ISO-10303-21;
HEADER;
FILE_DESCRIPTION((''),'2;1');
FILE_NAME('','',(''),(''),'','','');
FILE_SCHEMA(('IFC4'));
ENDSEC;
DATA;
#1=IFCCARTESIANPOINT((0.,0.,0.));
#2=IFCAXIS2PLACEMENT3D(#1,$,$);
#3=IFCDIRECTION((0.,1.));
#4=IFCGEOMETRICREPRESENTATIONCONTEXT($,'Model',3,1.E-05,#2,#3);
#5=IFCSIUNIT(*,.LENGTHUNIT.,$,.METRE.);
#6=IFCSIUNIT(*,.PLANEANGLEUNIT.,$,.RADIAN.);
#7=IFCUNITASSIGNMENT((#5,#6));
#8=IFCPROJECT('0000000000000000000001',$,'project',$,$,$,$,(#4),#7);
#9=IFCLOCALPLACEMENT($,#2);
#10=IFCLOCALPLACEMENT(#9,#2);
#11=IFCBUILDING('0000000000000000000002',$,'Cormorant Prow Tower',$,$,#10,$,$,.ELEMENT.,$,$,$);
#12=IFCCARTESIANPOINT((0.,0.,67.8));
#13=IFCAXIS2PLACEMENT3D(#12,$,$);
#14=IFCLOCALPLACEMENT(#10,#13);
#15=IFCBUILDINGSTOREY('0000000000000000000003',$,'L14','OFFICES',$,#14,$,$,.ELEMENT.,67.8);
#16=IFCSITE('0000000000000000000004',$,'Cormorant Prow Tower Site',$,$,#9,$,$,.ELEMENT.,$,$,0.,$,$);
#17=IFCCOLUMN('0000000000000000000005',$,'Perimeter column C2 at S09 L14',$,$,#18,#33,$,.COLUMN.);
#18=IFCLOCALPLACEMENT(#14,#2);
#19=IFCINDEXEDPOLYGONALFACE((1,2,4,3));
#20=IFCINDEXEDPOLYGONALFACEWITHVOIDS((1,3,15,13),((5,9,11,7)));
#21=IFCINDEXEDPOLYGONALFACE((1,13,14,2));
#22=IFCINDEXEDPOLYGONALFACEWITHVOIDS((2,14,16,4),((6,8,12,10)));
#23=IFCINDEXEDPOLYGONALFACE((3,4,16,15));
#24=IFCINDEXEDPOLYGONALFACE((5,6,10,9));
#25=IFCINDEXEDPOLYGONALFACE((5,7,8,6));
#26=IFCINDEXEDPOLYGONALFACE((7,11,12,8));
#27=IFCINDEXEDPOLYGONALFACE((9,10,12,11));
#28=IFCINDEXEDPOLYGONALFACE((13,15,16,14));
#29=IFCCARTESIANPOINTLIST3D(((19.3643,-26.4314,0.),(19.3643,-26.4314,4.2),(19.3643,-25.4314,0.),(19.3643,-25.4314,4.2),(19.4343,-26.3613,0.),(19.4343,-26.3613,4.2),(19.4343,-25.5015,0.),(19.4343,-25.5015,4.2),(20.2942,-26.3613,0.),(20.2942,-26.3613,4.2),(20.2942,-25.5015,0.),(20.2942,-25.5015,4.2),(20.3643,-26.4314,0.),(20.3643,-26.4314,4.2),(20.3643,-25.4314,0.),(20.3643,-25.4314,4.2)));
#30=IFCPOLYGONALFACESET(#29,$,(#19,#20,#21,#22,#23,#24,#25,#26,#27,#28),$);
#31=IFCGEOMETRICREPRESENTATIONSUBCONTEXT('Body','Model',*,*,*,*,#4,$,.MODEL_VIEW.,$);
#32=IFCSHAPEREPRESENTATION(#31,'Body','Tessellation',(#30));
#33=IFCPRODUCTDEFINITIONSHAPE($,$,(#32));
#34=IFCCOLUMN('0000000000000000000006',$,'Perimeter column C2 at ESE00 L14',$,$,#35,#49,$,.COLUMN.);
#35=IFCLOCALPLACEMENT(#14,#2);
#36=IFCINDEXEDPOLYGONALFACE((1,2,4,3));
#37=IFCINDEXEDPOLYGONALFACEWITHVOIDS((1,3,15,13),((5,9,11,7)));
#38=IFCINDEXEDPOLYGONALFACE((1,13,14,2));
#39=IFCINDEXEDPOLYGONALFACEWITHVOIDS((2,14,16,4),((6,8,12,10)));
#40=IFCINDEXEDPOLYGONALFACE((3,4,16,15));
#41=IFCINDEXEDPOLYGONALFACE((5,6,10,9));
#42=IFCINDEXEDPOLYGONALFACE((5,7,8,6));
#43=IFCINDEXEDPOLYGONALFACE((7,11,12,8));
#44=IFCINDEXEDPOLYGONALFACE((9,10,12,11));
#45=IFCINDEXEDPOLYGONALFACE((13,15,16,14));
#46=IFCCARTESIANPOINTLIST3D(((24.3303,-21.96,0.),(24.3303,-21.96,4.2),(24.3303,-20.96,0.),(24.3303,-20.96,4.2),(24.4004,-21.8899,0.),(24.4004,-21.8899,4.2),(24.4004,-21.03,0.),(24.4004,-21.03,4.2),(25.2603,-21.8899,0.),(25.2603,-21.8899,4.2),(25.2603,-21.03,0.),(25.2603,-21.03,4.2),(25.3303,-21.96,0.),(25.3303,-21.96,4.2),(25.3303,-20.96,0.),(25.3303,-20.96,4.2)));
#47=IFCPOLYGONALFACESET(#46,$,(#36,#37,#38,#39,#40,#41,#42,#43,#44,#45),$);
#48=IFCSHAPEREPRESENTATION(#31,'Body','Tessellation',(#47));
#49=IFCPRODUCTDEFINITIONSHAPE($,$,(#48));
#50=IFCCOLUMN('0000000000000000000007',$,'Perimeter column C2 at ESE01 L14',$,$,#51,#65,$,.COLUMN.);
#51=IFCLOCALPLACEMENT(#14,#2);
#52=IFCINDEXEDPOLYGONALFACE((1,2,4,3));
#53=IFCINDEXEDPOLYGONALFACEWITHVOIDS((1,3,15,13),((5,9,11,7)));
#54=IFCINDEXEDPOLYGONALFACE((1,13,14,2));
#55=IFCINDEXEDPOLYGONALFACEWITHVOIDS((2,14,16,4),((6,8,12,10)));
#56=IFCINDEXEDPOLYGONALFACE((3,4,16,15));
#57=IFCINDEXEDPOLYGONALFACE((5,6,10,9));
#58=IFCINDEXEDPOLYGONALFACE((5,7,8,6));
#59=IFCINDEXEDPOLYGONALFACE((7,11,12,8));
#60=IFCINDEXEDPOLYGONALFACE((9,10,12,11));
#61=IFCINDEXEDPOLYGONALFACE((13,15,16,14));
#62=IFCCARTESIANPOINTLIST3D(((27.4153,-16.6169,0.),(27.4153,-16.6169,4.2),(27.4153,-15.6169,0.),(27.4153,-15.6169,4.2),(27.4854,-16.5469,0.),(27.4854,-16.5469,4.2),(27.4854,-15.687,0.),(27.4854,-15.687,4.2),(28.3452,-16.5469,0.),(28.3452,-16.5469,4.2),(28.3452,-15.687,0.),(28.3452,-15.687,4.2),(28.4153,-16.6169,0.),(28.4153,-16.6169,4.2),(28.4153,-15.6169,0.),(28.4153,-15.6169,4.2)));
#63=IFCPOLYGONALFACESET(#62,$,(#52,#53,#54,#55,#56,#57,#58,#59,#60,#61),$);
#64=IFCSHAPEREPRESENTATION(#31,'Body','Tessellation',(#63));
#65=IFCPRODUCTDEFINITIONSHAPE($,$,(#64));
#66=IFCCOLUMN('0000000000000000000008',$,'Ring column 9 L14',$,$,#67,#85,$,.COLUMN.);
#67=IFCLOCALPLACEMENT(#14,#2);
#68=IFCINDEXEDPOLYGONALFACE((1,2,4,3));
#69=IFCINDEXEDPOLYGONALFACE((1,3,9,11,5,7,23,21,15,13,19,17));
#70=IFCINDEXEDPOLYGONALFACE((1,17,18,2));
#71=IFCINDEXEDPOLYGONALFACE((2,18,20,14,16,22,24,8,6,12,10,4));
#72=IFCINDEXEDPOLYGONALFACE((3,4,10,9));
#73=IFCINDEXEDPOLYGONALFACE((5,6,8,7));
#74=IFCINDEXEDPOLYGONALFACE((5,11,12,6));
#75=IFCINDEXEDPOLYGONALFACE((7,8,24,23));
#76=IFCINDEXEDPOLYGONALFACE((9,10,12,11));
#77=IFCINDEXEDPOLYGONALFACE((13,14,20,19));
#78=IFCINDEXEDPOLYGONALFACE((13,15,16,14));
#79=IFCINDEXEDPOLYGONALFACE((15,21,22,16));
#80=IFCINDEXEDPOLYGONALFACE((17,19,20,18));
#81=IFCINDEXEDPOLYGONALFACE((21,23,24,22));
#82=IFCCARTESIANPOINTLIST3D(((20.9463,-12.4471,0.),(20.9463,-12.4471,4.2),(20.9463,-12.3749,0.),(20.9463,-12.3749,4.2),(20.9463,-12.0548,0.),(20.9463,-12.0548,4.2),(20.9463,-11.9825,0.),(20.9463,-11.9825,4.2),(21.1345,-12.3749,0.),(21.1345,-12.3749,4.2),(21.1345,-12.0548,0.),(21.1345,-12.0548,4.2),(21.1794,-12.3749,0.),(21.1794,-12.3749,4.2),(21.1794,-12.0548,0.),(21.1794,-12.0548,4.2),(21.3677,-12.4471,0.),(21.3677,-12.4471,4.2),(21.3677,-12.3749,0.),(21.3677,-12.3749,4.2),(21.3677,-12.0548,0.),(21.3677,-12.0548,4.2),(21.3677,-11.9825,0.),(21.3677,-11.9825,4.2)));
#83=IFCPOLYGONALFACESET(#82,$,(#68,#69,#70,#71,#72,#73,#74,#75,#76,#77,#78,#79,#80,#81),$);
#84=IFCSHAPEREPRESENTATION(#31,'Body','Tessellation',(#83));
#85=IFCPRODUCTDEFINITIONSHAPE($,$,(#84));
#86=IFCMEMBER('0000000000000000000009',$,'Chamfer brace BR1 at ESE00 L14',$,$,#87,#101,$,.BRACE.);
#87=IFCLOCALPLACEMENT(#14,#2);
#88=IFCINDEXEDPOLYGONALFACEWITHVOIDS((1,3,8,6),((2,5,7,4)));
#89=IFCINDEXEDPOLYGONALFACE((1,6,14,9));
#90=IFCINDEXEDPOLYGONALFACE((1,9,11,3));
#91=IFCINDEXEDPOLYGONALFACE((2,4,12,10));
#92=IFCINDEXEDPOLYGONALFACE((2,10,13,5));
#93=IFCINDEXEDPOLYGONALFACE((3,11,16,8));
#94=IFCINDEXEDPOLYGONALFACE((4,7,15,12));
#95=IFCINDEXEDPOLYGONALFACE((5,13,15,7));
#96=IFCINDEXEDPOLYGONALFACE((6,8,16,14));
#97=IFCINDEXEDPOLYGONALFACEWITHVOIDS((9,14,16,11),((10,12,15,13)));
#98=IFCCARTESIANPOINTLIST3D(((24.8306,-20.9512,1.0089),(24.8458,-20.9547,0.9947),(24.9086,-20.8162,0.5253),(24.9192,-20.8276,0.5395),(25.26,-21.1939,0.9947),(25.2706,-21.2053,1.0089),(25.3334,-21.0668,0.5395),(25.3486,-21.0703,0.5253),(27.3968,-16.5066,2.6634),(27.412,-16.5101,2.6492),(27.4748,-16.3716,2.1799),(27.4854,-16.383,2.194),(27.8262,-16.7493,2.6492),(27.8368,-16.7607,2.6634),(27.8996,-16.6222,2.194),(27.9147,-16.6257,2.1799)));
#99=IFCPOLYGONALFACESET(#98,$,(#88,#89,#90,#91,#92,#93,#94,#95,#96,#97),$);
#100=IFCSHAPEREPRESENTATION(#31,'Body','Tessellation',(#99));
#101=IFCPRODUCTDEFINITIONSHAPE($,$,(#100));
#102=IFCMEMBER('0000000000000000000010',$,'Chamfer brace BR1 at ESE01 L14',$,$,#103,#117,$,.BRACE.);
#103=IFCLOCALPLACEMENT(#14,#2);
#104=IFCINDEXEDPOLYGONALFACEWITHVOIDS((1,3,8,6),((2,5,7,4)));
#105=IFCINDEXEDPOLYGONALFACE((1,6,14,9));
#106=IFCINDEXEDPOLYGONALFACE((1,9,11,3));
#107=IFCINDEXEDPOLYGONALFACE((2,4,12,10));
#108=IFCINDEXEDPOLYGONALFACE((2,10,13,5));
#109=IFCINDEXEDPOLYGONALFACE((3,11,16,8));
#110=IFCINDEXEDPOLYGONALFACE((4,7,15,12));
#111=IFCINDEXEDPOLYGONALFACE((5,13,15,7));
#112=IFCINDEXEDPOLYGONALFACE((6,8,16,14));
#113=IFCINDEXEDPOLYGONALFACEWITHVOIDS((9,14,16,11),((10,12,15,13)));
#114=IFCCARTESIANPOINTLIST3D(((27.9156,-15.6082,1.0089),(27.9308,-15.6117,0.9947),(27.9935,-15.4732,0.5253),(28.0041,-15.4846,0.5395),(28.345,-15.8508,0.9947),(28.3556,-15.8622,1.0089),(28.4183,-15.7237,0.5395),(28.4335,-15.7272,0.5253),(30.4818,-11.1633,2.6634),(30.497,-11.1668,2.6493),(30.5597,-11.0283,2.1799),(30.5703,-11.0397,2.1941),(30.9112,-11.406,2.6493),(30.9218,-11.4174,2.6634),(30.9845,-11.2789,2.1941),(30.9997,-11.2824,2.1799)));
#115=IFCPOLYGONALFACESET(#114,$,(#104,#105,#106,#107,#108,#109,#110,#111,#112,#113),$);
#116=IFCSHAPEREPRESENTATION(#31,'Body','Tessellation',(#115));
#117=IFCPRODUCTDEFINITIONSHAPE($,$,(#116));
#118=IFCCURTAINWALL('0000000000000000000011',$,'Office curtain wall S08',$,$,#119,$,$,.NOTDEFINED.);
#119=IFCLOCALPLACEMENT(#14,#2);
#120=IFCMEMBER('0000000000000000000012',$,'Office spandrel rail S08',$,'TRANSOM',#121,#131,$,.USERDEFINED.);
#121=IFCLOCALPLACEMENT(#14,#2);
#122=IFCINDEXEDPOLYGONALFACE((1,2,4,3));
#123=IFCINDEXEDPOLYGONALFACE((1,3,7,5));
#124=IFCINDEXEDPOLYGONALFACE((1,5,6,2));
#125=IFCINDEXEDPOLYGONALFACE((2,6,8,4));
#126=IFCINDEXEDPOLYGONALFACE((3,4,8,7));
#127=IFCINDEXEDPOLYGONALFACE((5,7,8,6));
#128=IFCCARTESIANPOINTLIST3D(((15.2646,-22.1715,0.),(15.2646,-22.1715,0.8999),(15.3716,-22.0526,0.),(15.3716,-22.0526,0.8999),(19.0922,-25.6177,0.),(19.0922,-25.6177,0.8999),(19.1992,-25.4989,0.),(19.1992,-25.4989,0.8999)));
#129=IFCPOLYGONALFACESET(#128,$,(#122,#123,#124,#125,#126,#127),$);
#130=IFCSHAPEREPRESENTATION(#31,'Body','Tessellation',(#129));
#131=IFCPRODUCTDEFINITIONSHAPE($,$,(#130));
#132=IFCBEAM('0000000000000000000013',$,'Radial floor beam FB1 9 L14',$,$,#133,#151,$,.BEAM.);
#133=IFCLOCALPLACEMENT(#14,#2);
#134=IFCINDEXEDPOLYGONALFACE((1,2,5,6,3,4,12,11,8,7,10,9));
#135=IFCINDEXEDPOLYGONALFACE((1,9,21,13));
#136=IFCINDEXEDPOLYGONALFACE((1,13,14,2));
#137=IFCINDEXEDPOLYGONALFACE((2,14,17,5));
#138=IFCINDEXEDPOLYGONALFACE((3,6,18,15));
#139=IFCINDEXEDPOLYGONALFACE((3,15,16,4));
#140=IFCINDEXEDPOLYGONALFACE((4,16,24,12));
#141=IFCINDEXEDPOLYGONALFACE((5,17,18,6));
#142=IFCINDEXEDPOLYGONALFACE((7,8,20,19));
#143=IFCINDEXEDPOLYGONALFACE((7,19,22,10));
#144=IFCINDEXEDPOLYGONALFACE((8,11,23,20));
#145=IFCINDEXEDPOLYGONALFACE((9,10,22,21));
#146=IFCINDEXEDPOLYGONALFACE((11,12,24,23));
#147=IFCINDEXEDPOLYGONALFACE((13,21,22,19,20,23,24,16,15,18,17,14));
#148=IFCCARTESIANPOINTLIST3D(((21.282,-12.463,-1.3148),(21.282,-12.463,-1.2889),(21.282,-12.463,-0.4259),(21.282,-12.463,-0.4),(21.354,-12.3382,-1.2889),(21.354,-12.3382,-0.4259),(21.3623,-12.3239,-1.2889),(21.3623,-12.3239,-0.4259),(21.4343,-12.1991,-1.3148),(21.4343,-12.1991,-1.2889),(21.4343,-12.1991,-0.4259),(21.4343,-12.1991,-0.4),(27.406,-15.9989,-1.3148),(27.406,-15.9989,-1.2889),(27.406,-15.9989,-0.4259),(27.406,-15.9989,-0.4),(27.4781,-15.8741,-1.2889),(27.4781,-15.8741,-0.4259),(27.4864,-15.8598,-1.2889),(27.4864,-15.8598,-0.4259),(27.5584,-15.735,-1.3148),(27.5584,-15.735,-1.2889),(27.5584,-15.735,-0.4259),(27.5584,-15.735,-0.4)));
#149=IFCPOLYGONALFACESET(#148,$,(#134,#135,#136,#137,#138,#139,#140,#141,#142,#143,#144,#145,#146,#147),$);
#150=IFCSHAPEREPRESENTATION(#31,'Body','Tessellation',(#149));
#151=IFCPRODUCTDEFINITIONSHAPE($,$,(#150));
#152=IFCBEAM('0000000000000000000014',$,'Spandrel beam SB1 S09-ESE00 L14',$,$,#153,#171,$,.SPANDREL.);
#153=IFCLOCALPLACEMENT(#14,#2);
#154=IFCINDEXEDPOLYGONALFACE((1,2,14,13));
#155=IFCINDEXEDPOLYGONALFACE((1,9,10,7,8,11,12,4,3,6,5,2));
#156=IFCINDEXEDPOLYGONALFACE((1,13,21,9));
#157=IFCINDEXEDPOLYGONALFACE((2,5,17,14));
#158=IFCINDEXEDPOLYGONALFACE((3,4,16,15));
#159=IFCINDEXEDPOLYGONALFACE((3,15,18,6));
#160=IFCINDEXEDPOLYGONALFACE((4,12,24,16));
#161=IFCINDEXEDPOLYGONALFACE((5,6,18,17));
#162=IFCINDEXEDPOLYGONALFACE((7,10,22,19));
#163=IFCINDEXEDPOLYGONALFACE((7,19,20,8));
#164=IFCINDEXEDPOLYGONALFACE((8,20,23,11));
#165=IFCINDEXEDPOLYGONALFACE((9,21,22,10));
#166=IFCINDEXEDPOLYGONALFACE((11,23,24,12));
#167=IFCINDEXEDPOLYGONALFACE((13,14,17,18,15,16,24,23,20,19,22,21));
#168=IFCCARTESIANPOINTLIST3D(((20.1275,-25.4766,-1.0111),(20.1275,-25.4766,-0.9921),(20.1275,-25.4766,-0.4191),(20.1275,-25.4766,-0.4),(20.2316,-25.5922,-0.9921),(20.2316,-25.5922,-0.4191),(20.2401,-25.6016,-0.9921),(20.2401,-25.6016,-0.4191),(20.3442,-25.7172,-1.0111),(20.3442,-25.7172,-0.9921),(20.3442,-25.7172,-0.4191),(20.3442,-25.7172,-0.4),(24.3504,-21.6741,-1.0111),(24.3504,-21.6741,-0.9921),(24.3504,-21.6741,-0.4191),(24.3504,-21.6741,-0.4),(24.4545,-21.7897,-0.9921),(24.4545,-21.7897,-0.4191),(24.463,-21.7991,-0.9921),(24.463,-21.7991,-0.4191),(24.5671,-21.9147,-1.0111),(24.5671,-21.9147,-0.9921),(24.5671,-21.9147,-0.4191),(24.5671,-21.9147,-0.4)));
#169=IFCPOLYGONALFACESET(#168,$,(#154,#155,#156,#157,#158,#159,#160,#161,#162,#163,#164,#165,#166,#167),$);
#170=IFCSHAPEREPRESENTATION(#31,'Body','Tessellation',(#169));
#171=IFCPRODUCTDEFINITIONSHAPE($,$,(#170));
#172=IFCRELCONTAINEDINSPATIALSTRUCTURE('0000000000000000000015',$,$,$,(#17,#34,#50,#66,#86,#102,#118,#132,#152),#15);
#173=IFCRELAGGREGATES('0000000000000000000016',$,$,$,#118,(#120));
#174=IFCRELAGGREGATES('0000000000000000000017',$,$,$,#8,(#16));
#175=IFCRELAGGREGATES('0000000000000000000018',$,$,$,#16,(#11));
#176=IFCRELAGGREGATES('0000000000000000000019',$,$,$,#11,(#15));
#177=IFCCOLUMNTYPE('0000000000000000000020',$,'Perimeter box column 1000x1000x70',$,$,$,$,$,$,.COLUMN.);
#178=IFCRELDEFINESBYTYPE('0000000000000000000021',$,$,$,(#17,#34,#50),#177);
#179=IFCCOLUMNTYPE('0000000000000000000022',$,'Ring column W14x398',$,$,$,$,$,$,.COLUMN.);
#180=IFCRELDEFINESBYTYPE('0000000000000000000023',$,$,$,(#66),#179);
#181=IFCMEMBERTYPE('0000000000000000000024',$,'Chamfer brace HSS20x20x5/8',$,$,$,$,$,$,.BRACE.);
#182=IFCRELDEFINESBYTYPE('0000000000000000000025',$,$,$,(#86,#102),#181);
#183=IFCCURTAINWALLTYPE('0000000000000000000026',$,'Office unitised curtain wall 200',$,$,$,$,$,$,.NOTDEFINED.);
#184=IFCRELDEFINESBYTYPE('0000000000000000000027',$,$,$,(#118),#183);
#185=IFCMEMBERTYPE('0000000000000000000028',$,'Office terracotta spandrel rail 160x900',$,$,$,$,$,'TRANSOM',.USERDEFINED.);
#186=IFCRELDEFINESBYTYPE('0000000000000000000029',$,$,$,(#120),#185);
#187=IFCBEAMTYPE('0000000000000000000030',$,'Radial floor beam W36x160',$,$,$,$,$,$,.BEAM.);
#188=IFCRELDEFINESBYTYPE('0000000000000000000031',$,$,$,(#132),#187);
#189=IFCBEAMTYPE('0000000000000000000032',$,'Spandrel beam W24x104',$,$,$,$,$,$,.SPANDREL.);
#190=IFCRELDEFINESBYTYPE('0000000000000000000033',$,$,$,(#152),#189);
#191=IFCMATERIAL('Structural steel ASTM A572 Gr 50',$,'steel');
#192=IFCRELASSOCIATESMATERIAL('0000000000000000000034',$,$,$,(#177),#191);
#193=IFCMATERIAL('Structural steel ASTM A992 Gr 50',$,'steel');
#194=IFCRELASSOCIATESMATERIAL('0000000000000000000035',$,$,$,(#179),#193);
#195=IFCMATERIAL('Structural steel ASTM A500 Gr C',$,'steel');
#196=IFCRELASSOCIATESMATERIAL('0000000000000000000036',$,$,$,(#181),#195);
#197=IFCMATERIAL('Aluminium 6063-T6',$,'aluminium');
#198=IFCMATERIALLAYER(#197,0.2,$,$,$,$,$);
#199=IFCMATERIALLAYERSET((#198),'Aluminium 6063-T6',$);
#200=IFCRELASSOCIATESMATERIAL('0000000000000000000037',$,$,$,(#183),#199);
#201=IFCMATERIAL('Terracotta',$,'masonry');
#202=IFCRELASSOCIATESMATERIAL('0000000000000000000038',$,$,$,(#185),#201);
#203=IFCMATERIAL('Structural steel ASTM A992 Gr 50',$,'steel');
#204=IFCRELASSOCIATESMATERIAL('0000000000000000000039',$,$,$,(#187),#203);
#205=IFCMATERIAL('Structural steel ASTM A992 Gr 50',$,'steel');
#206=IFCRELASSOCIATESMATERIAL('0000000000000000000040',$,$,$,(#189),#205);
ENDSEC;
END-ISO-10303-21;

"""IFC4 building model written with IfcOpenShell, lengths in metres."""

from ifc_helpers import new_model, si_unit, direction, frame, origin, origin_2d, place, context, subcontext, project, spatial, rectangle, hollow_rectangle, i_section, extrude, material, layer, layer_set, material_profile, profile_set, type_object, element, aggregate, save


model = new_model("IFC4")

# Units and contexts
model_context = context("Model", 3, precision=1e-05, world=origin(), true_north=direction((0.0, 1.0)))
body_context = subcontext(model_context, "Body", "Model", "MODEL_VIEW")
ifc_project = project(units=[si_unit("LENGTHUNIT", "METRE"), si_unit("PLANEANGLEUNIT", "RADIAN")], contexts=[model_context])

# Site, building, storey
site_placement = place(None, origin())
site = spatial("IfcSite", under=ifc_project, at=site_placement, Name="Cormorant Prow Tower Site", CompositionType="ELEMENT", RefElevation=0.0)
building_placement = place(site_placement, origin())
building = spatial("IfcBuilding", under=site, at=building_placement, Name="Cormorant Prow Tower", CompositionType="ELEMENT")
storey_placement = place(building_placement, frame((0.0, 0.0, 67.8)))
storey = spatial("IfcBuildingStorey", under=building, at=storey_placement, Name="L14", Description="OFFICES", CompositionType="ELEMENT", Elevation=67.8)

# Columns
ifc_material_1 = material(Name="Structural steel ASTM A572 Gr 50", Category="steel")
ifc_material_profile_1 = material_profile(ifc_material_1, hollow_rectangle(XDim=1.0, YDim=1.0, WallThickness=0.0701, at=origin_2d()), Name="Box 1000x1000x70")
ifc_profile_set_1 = profile_set([ifc_material_profile_1], Name="Structural steel ASTM A572 Gr 50")
column_type_1 = type_object("IfcColumnType", Name="Perimeter box column 1000x1000x70", PredefinedType="COLUMN", material=ifc_profile_set_1)
for number, where, z_axis, x_axis, name in (
    (1, (19.8643, -25.9314, 0.0), (0.0, 0.0, 1.0), (1.0, 0.0, 0.0), "Perimeter column C2 at S09 L14"),
    (2, (24.8303, -21.46, 0.0), (0.0, 0.0, 1.0), (1.0, 0.0, 0.0), "Perimeter column C2 at ESE00 L14"),
    (3, (27.9153, -16.1169, 0.0), (0.0, 0.0, 1.0), (1.0, 0.0, 0.0), "Perimeter column C2 at ESE01 L14"),
):
    element("IfcColumn", number, at=place(storey_placement, frame(where, z_axis=z_axis, x_axis=x_axis)), inside=storey, type_object=column_type_1, Name=name, PredefinedType="COLUMN", context=body_context, shape_type="SweptSolid", body=[
        extrude(hollow_rectangle(XDim=1.0, YDim=1.0, WallThickness=0.0701, at=origin_2d()), origin(), (0.0, 0.0, 1.0), 4.2),
    ])
ifc_material_2 = material(Name="Structural steel ASTM A992 Gr 50", Category="steel")
ifc_material_profile_2 = material_profile(ifc_material_2, i_section(OverallWidth=0.4214, OverallDepth=0.4646, WebThickness=0.0449, FlangeThickness=0.0723, at=origin_2d()), Name="W14x398")
ifc_profile_set_2 = profile_set([ifc_material_profile_2], Name="Structural steel ASTM A992 Gr 50")
column_type_2 = type_object("IfcColumnType", Name="Ring column W14x398", PredefinedType="COLUMN", material=ifc_profile_set_2)
column_placement = place(storey_placement, frame((21.157, -12.2148, 0.0), z_axis=(0.0, 0.0, 1.0), x_axis=(1.0, 0.0, 0.0)))
element("IfcColumn", 4, at=column_placement, inside=storey, type_object=column_type_2, Name="Ring column 9 L14", PredefinedType="COLUMN", context=body_context, shape_type="SweptSolid", body=[
    extrude(i_section(OverallWidth=0.4214, OverallDepth=0.4646, WebThickness=0.0449, FlangeThickness=0.0723, at=origin_2d()), origin(), (0.0, 0.0, 1.0), 4.2),
])

# Members
ifc_material_3 = material(Name="Structural steel ASTM A500 Gr C", Category="steel")
ifc_material_profile_3 = material_profile(ifc_material_3, hollow_rectangle(XDim=0.5081, YDim=0.5081, WallThickness=0.0149, at=origin_2d()), Name="HSS20x20x5/8")
ifc_profile_set_3 = profile_set([ifc_material_profile_3], Name="Structural steel ASTM A500 Gr C")
member_type_1 = type_object("IfcMemberType", Name="Chamfer brace HSS20x20x5/8", PredefinedType="BRACE", material=ifc_profile_set_3)
member_1_placement = place(storey_placement, frame((25.0896, -21.0107, 0.7671), z_axis=(0.475893, 0.824244, 0.306834), x_axis=(-0.866018, 0.500012, 0.0)))
element("IfcMember", 5, at=member_1_placement, inside=storey, type_object=member_type_1, Name="Chamfer brace BR1 at ESE00 L14", PredefinedType="BRACE", context=body_context, shape_type="SweptSolid", body=[
    extrude(hollow_rectangle(XDim=0.5081, YDim=0.5081, WallThickness=0.0149, at=origin_2d()), origin(), (0.0, 0.0, 1.0), 5.3923),
])
member_2_placement = place(storey_placement, frame((28.1746, -15.6677, 0.7671), z_axis=(0.475875, 0.824259, 0.306822), x_axis=(-0.86603, 0.499991, 0.0)))
element("IfcMember", 6, at=member_2_placement, inside=storey, type_object=member_type_1, Name="Chamfer brace BR1 at ESE01 L14", PredefinedType="BRACE", context=body_context, shape_type="SweptSolid", body=[
    extrude(hollow_rectangle(XDim=0.5081, YDim=0.5081, WallThickness=0.0149, at=origin_2d()), origin(), (0.0, 0.0, 1.0), 5.3926),
])

# Curtain wall, member
ifc_material_4 = material(Name="Aluminium 6063-T6", Category="aluminium")
ifc_layer_1 = layer(ifc_material_4, 0.2)
ifc_layer_set_1 = layer_set([ifc_layer_1], Name="Aluminium 6063-T6")
curtain_wall_type = type_object("IfcCurtainWallType", Name="Office unitised curtain wall 200", PredefinedType="NOTDEFINED", material=ifc_layer_set_1)
curtain_wall_placement = place(storey_placement, origin())
curtain_wall = element("IfcCurtainWall", 7, at=curtain_wall_placement, inside=storey, type_object=curtain_wall_type, Name="Office curtain wall S08", PredefinedType="NOTDEFINED")
ifc_material_5 = material(Name="Terracotta", Category="masonry")
ifc_material_profile_4 = material_profile(ifc_material_5, rectangle(XDim=0.1599, YDim=0.8999, at=origin_2d()), Name="Office terracotta spandrel rail 160x900")
ifc_profile_set_4 = profile_set([ifc_material_profile_4], Name="Terracotta")
member_type_2 = type_object("IfcMemberType", Name="Office terracotta spandrel rail 160x900", ElementType="TRANSOM", PredefinedType="USERDEFINED", material=ifc_profile_set_4)
member_3_placement = place(storey_placement, frame((15.3181, -22.1121, 0.45), z_axis=(0.743157, -0.669117, 0.0), x_axis=(0.669117, 0.743157, 0.0)))
member_3 = element("IfcMember", 8, at=member_3_placement, type_object=member_type_2, Name="Office spandrel rail S08", ObjectType="TRANSOM", PredefinedType="USERDEFINED", context=body_context, shape_type="SweptSolid", body=[
    extrude(rectangle(XDim=0.1599, YDim=0.8999, at=origin_2d()), origin(), (0.0, 0.0, 1.0), 5.1504),
])

# Beams
ifc_material_6 = material(Name="Structural steel ASTM A992 Gr 50", Category="steel")
ifc_material_profile_5 = material_profile(ifc_material_6, i_section(OverallWidth=0.3047, OverallDepth=0.9148, WebThickness=0.0166, FlangeThickness=0.0259, at=origin_2d()), Name="W36x160")
ifc_profile_set_5 = profile_set([ifc_material_profile_5], Name="Structural steel ASTM A992 Gr 50")
beam_type_1 = type_object("IfcBeamType", Name="Radial floor beam W36x160", PredefinedType="BEAM", material=ifc_profile_set_5)
beam_1_placement = place(storey_placement, frame((21.3582, -12.3311, -0.8574), z_axis=(0.866014, -0.500019, 0.0), x_axis=(0.500019, 0.866014, 0.0)))
element("IfcBeam", 9, at=beam_1_placement, inside=storey, type_object=beam_type_1, Name="Radial floor beam FB1 9 L14", PredefinedType="BEAM", context=body_context, shape_type="SweptSolid", body=[
    extrude(i_section(OverallWidth=0.3047, OverallDepth=0.9148, WebThickness=0.0166, FlangeThickness=0.0259, at=origin_2d()), origin(), (0.0, 0.0, 1.0), 7.0715),
])
ifc_material_7 = material(Name="Structural steel ASTM A992 Gr 50", Category="steel")
ifc_material_profile_6 = material_profile(ifc_material_7, i_section(OverallWidth=0.3237, OverallDepth=0.6111, WebThickness=0.0127, FlangeThickness=0.019, at=origin_2d()), Name="W24x104")
ifc_profile_set_6 = profile_set([ifc_material_profile_6], Name="Structural steel ASTM A992 Gr 50")
beam_type_2 = type_object("IfcBeamType", Name="Spandrel beam W24x104", PredefinedType="SPANDREL", material=ifc_profile_set_6)
beam_2_placement = place(storey_placement, frame((20.2358, -25.5969, -0.7056), z_axis=(0.74313, 0.669147, 0.0), x_axis=(-0.669147, 0.74313, 0.0)))
element("IfcBeam", 10, at=beam_2_placement, inside=storey, type_object=beam_type_2, Name="Spandrel beam SB1 S09-ESE00 L14", PredefinedType="SPANDREL", context=body_context, shape_type="SweptSolid", body=[
    extrude(i_section(OverallWidth=0.3237, OverallDepth=0.6111, WebThickness=0.0127, FlangeThickness=0.019, at=origin_2d()), origin(), (0.0, 0.0, 1.0), 5.6826),
])

aggregate(curtain_wall, [member_3])

save(model, "model.ifc")
